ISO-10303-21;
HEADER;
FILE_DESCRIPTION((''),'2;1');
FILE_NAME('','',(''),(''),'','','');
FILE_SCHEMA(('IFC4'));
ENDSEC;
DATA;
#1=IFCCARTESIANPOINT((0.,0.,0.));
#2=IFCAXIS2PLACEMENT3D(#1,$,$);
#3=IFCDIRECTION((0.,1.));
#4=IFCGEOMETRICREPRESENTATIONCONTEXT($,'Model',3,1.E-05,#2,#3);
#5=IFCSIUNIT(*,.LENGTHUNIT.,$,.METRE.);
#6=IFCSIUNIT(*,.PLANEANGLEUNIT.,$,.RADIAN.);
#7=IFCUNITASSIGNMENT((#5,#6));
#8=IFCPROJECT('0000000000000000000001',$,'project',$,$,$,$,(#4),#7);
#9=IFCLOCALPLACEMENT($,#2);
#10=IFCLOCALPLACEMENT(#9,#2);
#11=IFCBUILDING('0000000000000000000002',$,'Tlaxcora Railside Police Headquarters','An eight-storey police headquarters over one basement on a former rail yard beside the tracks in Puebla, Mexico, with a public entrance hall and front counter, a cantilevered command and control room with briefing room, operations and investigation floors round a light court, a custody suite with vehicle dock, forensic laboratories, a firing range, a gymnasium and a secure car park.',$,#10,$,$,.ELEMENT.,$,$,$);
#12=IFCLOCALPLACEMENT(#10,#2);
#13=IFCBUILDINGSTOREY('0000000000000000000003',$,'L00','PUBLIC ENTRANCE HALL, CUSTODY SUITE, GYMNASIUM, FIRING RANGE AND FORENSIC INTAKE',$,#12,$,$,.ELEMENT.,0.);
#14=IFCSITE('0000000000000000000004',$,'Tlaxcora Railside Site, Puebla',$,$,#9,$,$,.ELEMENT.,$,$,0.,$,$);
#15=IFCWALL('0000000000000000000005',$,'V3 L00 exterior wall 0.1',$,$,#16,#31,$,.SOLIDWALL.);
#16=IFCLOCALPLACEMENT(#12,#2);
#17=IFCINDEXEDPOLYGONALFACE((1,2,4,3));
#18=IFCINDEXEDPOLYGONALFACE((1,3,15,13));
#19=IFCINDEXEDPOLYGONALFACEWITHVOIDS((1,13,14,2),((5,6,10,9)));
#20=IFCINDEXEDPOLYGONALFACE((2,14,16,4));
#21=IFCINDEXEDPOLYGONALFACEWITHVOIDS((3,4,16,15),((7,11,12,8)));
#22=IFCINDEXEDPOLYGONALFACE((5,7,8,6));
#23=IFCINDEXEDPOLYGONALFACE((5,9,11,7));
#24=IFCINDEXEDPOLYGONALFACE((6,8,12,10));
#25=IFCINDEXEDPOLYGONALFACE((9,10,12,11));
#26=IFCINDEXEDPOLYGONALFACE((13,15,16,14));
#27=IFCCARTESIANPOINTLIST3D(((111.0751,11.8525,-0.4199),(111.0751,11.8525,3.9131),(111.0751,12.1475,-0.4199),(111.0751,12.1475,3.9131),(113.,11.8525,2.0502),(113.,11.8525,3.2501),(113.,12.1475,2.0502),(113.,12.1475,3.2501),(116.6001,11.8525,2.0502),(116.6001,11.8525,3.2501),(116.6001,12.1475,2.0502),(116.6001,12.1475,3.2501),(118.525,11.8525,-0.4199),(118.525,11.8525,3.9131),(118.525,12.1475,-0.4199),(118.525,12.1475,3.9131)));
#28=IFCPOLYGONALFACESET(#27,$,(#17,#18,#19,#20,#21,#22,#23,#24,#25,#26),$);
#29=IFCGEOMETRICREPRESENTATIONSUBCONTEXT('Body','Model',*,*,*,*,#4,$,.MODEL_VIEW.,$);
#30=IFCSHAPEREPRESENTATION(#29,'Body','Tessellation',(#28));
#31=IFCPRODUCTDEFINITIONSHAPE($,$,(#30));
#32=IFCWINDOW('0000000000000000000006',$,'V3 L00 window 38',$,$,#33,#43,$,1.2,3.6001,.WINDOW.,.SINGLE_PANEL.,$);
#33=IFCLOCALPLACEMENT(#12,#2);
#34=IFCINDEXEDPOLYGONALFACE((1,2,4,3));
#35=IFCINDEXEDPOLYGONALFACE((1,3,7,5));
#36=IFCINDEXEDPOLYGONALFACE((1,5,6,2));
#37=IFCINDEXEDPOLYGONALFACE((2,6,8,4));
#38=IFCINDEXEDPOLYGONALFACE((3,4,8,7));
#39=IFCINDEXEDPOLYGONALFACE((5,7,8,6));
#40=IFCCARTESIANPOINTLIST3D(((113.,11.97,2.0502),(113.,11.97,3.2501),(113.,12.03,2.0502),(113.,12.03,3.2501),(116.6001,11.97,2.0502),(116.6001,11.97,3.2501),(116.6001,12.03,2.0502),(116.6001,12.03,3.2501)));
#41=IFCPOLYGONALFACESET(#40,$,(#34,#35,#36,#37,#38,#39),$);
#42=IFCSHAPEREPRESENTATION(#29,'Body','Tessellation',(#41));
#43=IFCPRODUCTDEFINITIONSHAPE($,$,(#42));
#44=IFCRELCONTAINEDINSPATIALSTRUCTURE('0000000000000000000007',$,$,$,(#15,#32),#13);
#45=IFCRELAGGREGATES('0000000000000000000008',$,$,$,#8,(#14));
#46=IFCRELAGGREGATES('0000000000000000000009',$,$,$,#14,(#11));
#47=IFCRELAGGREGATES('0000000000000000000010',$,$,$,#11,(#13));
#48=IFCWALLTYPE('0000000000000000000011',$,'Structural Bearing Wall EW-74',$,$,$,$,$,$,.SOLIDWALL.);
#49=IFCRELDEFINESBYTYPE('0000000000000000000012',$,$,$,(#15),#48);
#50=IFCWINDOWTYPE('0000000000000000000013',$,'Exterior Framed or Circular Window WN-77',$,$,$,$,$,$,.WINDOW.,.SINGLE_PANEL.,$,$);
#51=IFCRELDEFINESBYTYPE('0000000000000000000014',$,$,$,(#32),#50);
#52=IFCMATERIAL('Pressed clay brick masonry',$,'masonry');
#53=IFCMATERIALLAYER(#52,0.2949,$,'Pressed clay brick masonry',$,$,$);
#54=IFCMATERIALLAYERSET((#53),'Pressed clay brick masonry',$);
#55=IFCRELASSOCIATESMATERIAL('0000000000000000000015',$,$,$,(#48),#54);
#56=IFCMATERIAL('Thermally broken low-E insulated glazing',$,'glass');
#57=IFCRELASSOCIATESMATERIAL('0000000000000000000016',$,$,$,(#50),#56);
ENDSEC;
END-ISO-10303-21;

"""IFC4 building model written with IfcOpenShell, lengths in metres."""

from ifc_helpers import new_model, si_unit, direction, frame, frame_2d, origin, place, context, subcontext, project, spatial, rectangle, extrude, material, layer, layer_set, type_object, element, fill, save


model = new_model("IFC4")

# Units and contexts
model_context = context("Model", 3, precision=1e-05, world=origin(), true_north=direction((0.0, 1.0)))
body_context = subcontext(model_context, "Body", "Model", "MODEL_VIEW")
ifc_project = project(units=[si_unit("LENGTHUNIT", "METRE"), si_unit("PLANEANGLEUNIT", "RADIAN")], contexts=[model_context])

# Site, building, storey
site_placement = place(None, origin())
site = spatial("IfcSite", under=ifc_project, at=site_placement, Name="Tlaxcora Railside Site, Puebla", CompositionType="ELEMENT", RefElevation=0.0)
building_placement = place(site_placement, origin())
building = spatial("IfcBuilding", under=site, at=building_placement, Name="Tlaxcora Railside Police Headquarters", Description="An eight-storey police headquarters over one basement on a former rail yard beside the tracks in Puebla, Mexico, with a public entrance hall and front counter, a cantilevered command and control room with briefing room, operations and investigation floors round a light court, a custody suite with vehicle dock, forensic laboratories, a firing range, a gymnasium and a secure car park.", CompositionType="ELEMENT")
storey_placement = place(building_placement, origin())
storey = spatial("IfcBuildingStorey", under=building, at=storey_placement, Name="L00", Description="PUBLIC ENTRANCE HALL, CUSTODY SUITE, GYMNASIUM, FIRING RANGE AND FORENSIC INTAKE", CompositionType="ELEMENT", Elevation=0.0)

# Wall, opening, window
ifc_material_1 = material(Name="Pressed clay brick masonry", Category="masonry")
ifc_layer_1 = layer(ifc_material_1, 0.2949, Name="Pressed clay brick masonry")
ifc_layer_set_1 = layer_set([ifc_layer_1], Name="Pressed clay brick masonry")
wall_type_1 = type_object("IfcWallType", Name="Structural Bearing Wall EW-74", PredefinedType="SOLIDWALL", material=ifc_layer_set_1)
ifc_material_2 = material(Name="Thermally broken low-E insulated glazing", Category="glass")
window_type = type_object("IfcWindowType", Name="Exterior Framed or Circular Window WN-77", PartitioningType="SINGLE_PANEL", PredefinedType="WINDOW", material=ifc_material_2)
wall_1_placement = place(storey_placement, frame((111.075, 12.0, -0.4199), z_axis=(0.0, 0.0, 1.0), x_axis=(1.0, 0.0, 0.0)))
wall_1 = element("IfcWall", 1, at=wall_1_placement, inside=storey, type_object=wall_type_1, Name="V3 L00 exterior wall 0.1", PredefinedType="SOLIDWALL", context=body_context, shape_type="SweptSolid", body=[
    extrude(rectangle(XDim=7.45, YDim=0.2949, at=frame_2d((3.7251, 0.0))), origin(), (0.0, 0.0, 1.0), 4.333),
])
opening_1_placement = place(wall_1_placement, frame((1.925, 0.0, 2.47)))
opening_1 = element("IfcOpeningElement", 2, at=opening_1_placement, cuts=wall_1, PredefinedType="OPENING", context=body_context, shape_type="SweptSolid", body=[
    extrude(rectangle(XDim=3.6001, YDim=1.2, at=frame_2d((1.8, 0.6001))), frame((0.0, 0.1575, 0.0), z_axis=(0.0, -1.0, 0.0), x_axis=(1.0, 0.0, 0.0)), (0.0, 0.0, 1.0), 0.3149),
])
window_1_placement = place(opening_1_placement, origin())
window_1 = element("IfcWindow", 3, at=window_1_placement, inside=storey, type_object=window_type, Name="V3 L00 window 38", OverallHeight=1.2, OverallWidth=3.6001, PartitioningType="SINGLE_PANEL", PredefinedType="WINDOW", context=body_context, shape_type="SweptSolid", body=[
    extrude(rectangle(XDim=3.6001, YDim=1.2, at=frame_2d((1.8, 0.6001))), frame((0.0, 0.03, 0.0), z_axis=(0.0, -1.0, 0.0), x_axis=(1.0, 0.0, 0.0)), (0.0, 0.0, 1.0), 0.0601),
])
fill(opening_1, window_1)

save(model, "model.ifc")
